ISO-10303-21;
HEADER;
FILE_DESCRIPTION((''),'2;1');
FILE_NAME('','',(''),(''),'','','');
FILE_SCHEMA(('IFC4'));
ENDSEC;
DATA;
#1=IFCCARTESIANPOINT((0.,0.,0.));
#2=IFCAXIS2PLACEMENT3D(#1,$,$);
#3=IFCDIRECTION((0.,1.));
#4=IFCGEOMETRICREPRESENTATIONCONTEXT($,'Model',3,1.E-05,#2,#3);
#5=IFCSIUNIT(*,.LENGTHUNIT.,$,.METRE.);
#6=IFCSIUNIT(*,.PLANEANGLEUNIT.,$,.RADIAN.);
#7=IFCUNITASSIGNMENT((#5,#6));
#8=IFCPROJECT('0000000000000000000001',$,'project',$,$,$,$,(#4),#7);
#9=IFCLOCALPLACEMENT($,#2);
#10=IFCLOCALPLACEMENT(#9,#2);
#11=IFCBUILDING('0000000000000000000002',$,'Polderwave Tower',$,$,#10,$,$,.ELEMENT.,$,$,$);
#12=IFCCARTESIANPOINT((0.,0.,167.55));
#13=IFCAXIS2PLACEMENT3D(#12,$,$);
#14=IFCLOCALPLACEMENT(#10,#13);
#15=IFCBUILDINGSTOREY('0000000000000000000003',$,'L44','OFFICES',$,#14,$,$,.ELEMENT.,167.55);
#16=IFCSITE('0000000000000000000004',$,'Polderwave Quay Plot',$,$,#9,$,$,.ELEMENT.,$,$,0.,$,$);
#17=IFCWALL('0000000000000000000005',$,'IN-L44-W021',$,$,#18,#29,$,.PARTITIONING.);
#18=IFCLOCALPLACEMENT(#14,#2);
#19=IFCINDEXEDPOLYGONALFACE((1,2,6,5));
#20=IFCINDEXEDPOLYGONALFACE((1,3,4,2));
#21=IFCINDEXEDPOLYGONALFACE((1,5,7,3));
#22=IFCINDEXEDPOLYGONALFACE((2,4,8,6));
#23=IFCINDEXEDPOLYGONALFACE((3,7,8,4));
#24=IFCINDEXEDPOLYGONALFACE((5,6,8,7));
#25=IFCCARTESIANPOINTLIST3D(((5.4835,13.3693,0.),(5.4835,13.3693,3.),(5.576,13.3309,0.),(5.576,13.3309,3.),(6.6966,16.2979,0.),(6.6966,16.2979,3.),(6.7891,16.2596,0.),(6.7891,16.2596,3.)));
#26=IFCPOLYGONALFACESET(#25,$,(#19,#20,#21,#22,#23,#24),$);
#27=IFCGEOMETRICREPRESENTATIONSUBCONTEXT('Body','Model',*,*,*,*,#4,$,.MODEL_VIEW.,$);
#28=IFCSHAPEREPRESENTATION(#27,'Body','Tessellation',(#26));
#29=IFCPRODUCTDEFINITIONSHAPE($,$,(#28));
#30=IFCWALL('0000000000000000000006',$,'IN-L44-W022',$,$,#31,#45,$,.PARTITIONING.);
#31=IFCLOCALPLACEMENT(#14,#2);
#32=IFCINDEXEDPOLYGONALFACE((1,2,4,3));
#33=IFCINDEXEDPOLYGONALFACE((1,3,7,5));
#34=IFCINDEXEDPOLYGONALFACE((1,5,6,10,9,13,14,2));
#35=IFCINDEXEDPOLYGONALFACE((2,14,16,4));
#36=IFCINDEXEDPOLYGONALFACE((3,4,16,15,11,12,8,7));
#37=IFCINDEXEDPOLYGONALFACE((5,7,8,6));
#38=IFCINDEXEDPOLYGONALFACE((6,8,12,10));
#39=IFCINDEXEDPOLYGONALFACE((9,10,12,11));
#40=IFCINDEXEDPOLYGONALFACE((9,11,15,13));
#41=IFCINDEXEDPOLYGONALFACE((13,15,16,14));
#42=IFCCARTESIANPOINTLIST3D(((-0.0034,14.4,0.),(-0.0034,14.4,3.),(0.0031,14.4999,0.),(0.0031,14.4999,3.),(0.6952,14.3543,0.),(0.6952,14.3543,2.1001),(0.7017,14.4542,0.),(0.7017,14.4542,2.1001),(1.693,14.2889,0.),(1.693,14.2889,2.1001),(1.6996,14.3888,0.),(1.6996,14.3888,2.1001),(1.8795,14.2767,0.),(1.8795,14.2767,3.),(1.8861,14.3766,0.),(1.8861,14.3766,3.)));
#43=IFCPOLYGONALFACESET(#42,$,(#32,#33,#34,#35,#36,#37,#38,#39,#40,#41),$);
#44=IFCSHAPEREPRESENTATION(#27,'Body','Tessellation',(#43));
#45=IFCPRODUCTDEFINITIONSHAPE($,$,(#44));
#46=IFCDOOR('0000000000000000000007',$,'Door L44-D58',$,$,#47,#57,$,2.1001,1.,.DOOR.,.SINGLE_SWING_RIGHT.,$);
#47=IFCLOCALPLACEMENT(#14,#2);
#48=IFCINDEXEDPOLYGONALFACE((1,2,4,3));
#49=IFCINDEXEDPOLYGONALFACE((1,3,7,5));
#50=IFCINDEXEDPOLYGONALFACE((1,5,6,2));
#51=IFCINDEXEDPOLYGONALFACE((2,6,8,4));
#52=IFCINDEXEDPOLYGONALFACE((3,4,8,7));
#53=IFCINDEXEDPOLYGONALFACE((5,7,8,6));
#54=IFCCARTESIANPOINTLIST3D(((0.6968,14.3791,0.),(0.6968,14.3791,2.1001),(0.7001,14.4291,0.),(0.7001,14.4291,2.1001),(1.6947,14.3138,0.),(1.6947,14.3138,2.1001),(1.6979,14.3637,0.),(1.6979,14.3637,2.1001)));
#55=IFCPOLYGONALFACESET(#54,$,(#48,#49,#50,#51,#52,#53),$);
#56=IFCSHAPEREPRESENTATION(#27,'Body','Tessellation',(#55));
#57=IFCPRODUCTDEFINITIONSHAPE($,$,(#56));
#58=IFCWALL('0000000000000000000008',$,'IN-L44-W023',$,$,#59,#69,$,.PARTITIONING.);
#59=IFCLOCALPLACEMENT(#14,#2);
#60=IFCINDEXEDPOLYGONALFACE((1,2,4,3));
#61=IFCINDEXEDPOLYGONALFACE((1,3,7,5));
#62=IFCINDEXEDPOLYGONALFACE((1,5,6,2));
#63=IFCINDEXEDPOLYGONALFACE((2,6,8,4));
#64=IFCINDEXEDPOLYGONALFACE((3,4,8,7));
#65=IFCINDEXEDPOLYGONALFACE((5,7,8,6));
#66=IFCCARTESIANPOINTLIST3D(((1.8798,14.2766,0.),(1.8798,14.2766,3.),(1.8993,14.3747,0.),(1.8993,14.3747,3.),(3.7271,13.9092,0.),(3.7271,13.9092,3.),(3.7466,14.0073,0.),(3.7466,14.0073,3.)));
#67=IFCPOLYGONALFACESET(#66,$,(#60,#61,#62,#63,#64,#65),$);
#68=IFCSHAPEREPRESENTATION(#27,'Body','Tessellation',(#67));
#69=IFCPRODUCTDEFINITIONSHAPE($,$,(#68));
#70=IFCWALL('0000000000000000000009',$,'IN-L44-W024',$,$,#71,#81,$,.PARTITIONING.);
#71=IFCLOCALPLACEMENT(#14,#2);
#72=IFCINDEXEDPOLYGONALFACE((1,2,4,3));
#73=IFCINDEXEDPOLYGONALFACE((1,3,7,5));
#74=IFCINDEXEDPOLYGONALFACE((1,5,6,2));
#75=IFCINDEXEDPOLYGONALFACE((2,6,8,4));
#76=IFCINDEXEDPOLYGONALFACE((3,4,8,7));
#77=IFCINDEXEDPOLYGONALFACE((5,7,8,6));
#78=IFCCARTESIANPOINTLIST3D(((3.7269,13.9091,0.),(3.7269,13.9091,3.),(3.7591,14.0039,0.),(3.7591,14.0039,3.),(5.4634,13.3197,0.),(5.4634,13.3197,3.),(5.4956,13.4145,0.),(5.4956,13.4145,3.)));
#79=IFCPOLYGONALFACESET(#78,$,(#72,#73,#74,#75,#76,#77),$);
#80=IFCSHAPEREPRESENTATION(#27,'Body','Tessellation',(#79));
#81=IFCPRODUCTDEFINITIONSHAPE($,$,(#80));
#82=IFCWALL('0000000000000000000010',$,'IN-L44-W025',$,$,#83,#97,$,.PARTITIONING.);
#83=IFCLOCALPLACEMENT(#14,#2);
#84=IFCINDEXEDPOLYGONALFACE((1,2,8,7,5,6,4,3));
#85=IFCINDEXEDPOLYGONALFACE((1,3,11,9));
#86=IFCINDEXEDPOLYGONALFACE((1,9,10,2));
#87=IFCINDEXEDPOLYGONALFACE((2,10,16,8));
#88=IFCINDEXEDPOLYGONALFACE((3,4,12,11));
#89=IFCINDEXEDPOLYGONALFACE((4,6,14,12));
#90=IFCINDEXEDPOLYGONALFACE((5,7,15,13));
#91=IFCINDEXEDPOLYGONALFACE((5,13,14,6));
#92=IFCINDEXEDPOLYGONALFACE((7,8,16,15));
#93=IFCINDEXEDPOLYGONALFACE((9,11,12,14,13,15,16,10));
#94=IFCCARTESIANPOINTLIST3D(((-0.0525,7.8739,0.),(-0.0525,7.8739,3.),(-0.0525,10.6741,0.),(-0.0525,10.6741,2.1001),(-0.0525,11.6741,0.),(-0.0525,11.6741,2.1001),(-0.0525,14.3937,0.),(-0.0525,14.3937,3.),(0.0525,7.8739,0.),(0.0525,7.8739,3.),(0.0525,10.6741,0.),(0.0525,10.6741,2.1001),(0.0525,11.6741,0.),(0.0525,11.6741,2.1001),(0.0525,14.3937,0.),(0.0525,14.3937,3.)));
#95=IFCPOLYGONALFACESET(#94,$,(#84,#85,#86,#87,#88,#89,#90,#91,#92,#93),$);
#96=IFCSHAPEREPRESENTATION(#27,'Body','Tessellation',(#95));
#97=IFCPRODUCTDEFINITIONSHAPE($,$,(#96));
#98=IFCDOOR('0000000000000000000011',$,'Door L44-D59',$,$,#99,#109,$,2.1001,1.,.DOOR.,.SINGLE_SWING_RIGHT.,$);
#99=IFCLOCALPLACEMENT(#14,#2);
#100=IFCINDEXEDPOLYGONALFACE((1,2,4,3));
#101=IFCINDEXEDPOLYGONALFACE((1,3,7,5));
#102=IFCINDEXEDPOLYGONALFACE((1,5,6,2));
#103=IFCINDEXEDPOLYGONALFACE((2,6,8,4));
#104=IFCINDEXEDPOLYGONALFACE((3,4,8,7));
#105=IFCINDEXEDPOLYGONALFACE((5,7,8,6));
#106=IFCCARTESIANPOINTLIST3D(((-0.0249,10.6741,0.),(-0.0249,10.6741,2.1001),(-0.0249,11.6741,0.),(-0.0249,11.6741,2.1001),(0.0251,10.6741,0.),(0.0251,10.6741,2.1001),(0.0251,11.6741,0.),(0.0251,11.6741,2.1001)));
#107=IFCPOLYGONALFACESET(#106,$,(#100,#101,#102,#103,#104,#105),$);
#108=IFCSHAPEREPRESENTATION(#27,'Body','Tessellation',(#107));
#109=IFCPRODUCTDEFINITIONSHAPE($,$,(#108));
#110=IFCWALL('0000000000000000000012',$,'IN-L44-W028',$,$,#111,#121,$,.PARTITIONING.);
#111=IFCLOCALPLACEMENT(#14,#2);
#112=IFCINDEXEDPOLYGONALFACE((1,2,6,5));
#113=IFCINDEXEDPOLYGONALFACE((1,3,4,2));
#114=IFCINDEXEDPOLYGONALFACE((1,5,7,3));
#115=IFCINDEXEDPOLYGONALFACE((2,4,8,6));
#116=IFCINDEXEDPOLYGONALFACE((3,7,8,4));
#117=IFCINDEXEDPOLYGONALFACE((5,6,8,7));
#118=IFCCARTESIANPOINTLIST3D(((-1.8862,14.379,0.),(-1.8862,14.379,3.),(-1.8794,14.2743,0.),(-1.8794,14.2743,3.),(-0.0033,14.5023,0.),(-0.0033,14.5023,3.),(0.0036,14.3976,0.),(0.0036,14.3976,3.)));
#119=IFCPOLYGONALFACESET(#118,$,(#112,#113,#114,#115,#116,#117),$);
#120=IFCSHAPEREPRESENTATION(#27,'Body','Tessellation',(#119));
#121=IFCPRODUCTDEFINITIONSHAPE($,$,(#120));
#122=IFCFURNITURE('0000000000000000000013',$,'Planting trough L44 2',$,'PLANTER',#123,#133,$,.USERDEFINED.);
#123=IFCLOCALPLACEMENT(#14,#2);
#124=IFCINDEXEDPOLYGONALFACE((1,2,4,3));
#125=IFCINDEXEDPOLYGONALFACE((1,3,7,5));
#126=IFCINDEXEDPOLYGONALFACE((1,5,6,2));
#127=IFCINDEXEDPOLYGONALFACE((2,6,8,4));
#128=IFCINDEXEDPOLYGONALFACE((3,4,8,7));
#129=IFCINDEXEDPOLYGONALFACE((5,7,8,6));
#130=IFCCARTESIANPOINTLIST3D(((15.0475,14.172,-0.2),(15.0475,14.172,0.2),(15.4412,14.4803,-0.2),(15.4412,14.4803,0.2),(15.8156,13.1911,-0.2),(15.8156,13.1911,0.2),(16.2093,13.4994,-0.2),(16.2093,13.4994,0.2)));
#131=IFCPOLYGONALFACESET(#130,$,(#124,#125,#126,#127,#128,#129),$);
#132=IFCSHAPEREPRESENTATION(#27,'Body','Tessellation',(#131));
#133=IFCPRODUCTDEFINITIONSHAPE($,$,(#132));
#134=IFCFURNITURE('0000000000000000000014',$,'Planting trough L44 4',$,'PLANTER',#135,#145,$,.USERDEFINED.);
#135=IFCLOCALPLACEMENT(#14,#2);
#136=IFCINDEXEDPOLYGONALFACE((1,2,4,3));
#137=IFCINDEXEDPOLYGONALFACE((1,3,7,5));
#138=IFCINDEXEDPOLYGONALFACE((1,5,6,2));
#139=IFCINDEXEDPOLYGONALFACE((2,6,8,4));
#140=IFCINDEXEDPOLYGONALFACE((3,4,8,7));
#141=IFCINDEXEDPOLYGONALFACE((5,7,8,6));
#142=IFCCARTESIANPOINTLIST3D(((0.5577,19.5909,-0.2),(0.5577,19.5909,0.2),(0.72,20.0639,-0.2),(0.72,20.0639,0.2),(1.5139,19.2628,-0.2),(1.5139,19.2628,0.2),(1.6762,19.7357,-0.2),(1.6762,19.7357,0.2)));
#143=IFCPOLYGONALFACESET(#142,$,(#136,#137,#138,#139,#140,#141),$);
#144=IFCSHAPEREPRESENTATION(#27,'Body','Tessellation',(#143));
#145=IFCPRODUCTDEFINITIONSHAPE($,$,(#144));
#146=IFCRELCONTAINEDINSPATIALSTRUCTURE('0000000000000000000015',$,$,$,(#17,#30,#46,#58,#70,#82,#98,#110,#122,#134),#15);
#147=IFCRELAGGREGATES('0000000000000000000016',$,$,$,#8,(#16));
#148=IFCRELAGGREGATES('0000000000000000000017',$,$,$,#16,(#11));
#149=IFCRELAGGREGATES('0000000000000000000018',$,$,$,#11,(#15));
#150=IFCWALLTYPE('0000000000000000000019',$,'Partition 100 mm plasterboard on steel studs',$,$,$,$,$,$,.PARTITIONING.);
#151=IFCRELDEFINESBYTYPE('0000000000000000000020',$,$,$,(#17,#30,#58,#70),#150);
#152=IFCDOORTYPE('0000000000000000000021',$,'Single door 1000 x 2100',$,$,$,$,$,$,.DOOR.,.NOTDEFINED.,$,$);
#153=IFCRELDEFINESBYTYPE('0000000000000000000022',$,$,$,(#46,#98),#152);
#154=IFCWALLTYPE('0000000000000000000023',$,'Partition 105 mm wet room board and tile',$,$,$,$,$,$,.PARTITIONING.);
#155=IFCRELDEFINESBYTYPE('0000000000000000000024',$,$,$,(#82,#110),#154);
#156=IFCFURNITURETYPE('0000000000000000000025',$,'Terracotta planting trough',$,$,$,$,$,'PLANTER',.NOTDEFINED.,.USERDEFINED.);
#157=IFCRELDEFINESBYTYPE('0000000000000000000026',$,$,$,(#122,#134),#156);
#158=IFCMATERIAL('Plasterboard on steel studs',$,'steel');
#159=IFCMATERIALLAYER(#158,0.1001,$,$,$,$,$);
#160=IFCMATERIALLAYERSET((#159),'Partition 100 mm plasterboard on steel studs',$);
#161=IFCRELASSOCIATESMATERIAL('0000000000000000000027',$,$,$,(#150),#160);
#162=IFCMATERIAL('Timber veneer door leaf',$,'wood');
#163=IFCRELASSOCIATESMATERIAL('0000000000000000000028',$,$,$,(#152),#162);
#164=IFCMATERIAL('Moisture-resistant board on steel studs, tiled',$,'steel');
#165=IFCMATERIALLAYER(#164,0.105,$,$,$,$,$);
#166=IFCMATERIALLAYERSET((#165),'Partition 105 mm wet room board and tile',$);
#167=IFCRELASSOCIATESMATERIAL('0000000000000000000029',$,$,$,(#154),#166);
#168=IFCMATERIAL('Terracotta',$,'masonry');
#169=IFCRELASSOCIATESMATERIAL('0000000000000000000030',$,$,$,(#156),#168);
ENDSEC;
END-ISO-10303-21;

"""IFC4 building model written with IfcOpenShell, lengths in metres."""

from ifc_helpers import new_model, si_unit, direction, frame, frame_2d, origin, origin_2d, place, context, subcontext, project, spatial, rectangle, extrude, material, layer, layer_set, type_object, element, fill, save


model = new_model("IFC4")

# Units and contexts
model_context = context("Model", 3, precision=1e-05, world=origin(), true_north=direction((0.0, 1.0)))
body_context = subcontext(model_context, "Body", "Model", "MODEL_VIEW")
ifc_project = project(units=[si_unit("LENGTHUNIT", "METRE"), si_unit("PLANEANGLEUNIT", "RADIAN")], contexts=[model_context])

# Site, building, storey
site_placement = place(None, origin())
site = spatial("IfcSite", under=ifc_project, at=site_placement, Name="Polderwave Quay Plot", CompositionType="ELEMENT", RefElevation=0.0)
building_placement = place(site_placement, origin())
building = spatial("IfcBuilding", under=site, at=building_placement, Name="Polderwave Tower", CompositionType="ELEMENT")
storey_placement = place(building_placement, frame((0.0, 0.0, 167.55)))
storey = spatial("IfcBuildingStorey", under=building, at=storey_placement, Name="L44", Description="OFFICES", CompositionType="ELEMENT", Elevation=167.55)

# Shared definitions
ifc_material_1 = material(Name="Plasterboard on steel studs", Category="steel")
ifc_layer_1 = layer(ifc_material_1, 0.1001)
ifc_layer_set_1 = layer_set([ifc_layer_1], Name="Partition 100 mm plasterboard on steel studs")
wall_type_1 = type_object("IfcWallType", Name="Partition 100 mm plasterboard on steel studs", PredefinedType="PARTITIONING", material=ifc_layer_set_1)
ifc_material_2 = material(Name="Timber veneer door leaf", Category="wood")
door_type = type_object("IfcDoorType", Name="Single door 1000 x 2100", OperationType="NOTDEFINED", PredefinedType="DOOR", material=ifc_material_2)

# Wall
wall_1_placement = place(storey_placement, frame((5.5298, 13.3501, 0.0), z_axis=(0.0, 0.0, 1.0), x_axis=(0.38269, 0.923877, 0.0)))
element("IfcWall", 1, at=wall_1_placement, inside=storey, type_object=wall_type_1, Name="IN-L44-W021", PredefinedType="PARTITIONING", context=body_context, shape_type="SweptSolid", body=[
    extrude(rectangle(XDim=3.1699, YDim=0.1001, at=frame_2d((1.585, 0.0))), origin(), (0.0, 0.0, 1.0), 3.0),
])

# Wall, opening, door
wall_2_placement = place(storey_placement, frame((0.0, 14.45, 0.0), z_axis=(0.0, 0.0, 1.0), x_axis=(0.997863, -0.065342, 0.0)))
wall_2 = element("IfcWall", 2, at=wall_2_placement, inside=storey, type_object=wall_type_1, Name="IN-L44-W022", PredefinedType="PARTITIONING", context=body_context, shape_type="SweptSolid", body=[
    extrude(rectangle(XDim=1.887, YDim=0.1001, at=frame_2d((0.9434, 0.0))), origin(), (0.0, 0.0, 1.0), 3.0),
])
opening_1_placement = place(wall_2_placement, frame((0.7, 0.0, 0.0)))
opening_1 = element("IfcOpeningElement", 3, at=opening_1_placement, cuts=wall_2, PredefinedType="OPENING", context=body_context, shape_type="SweptSolid", body=[
    extrude(rectangle(XDim=1.0, YDim=2.1001, at=frame_2d((0.5, 1.05))), frame((0.0, 0.0601, 0.0), z_axis=(0.0, -1.0, 0.0), x_axis=(1.0, 0.0, 0.0)), (0.0, 0.0, 1.0), 0.1201),
])
door_1_placement = place(opening_1_placement, origin())
door_1 = element("IfcDoor", 4, at=door_1_placement, inside=storey, type_object=door_type, Name="Door L44-D58", OperationType="SINGLE_SWING_RIGHT", OverallHeight=2.1001, OverallWidth=1.0, PredefinedType="DOOR", context=body_context, shape_type="SweptSolid", body=[
    extrude(rectangle(XDim=1.0, YDim=2.1001, at=frame_2d((0.5, 1.05))), frame((0.0, 0.0249, 0.0), z_axis=(0.0, -1.0, 0.0), x_axis=(1.0, 0.0, 0.0)), (0.0, 0.0, 1.0), 0.05),
])
fill(opening_1, door_1)

# Walls
wall_3_placement = place(storey_placement, frame((1.8894, 14.3257, 0.0), z_axis=(0.0, 0.0, 1.0), x_axis=(0.980789, -0.195069, 0.0)))
element("IfcWall", 5, at=wall_3_placement, inside=storey, type_object=wall_type_1, Name="IN-L44-W023", PredefinedType="PARTITIONING", context=body_context, shape_type="SweptSolid", body=[
    extrude(rectangle(XDim=1.8835, YDim=0.1001, at=frame_2d((0.9419, 0.0))), origin(), (0.0, 0.0, 1.0), 3.0),
])
wall_4_placement = place(storey_placement, frame((3.7429, 13.9565, 0.0), z_axis=(0.0, 0.0, 1.0), x_axis=(0.946938, -0.321416, 0.0)))
element("IfcWall", 6, at=wall_4_placement, inside=storey, type_object=wall_type_1, Name="IN-L44-W024", PredefinedType="PARTITIONING", context=body_context, shape_type="SweptSolid", body=[
    extrude(rectangle(XDim=1.8337, YDim=0.1001, at=frame_2d((0.917, 0.0))), origin(), (0.0, 0.0, 1.0), 3.0),
])

# Wall, opening, door
ifc_material_3 = material(Name="Moisture-resistant board on steel studs, tiled", Category="steel")
ifc_layer_2 = layer(ifc_material_3, 0.105)
ifc_layer_set_2 = layer_set([ifc_layer_2], Name="Partition 105 mm wet room board and tile")
wall_type_2 = type_object("IfcWallType", Name="Partition 105 mm wet room board and tile", PredefinedType="PARTITIONING", material=ifc_layer_set_2)
wall_5_placement = place(storey_placement, frame((0.0, 7.874, 0.0), z_axis=(0.0, 0.0, 1.0), x_axis=(0.0, 1.0, 0.0)))
wall_5 = element("IfcWall", 7, at=wall_5_placement, inside=storey, type_object=wall_type_2, Name="IN-L44-W025", PredefinedType="PARTITIONING", context=body_context, shape_type="SweptSolid", body=[
    extrude(rectangle(XDim=6.5198, YDim=0.105, at=frame_2d((3.2598, 0.0))), origin(), (0.0, 0.0, 1.0), 3.0),
])
opening_2_placement = place(wall_5_placement, frame((2.8, 0.0, 0.0)))
opening_2 = element("IfcOpeningElement", 8, at=opening_2_placement, cuts=wall_5, PredefinedType="OPENING", context=body_context, shape_type="SweptSolid", body=[
    extrude(rectangle(XDim=1.0, YDim=2.1001, at=frame_2d((0.5, 1.05))), frame((0.0, 0.0625, 0.0), z_axis=(0.0, -1.0, 0.0), x_axis=(1.0, 0.0, 0.0)), (0.0, 0.0, 1.0), 0.125),
])
door_2_placement = place(opening_2_placement, origin())
door_2 = element("IfcDoor", 9, at=door_2_placement, inside=storey, type_object=door_type, Name="Door L44-D59", OperationType="SINGLE_SWING_RIGHT", OverallHeight=2.1001, OverallWidth=1.0, PredefinedType="DOOR", context=body_context, shape_type="SweptSolid", body=[
    extrude(rectangle(XDim=1.0, YDim=2.1001, at=frame_2d((0.5, 1.05))), frame((0.0, 0.0249, 0.0), z_axis=(0.0, -1.0, 0.0), x_axis=(1.0, 0.0, 0.0)), (0.0, 0.0, 1.0), 0.05),
])
fill(opening_2, door_2)

# Wall
wall_6_placement = place(storey_placement, frame((0.0, 14.45, 0.0), z_axis=(0.0, 0.0, 1.0), x_axis=(-0.997863, -0.065342, 0.0)))
element("IfcWall", 10, at=wall_6_placement, inside=storey, type_object=wall_type_2, Name="IN-L44-W028", PredefinedType="PARTITIONING", context=body_context, shape_type="SweptSolid", body=[
    extrude(rectangle(XDim=1.887, YDim=0.105, at=frame_2d((0.9434, 0.0))), origin(), (0.0, 0.0, 1.0), 3.0),
])

# Furniture
ifc_material_4 = material(Name="Terracotta", Category="masonry")
furniture_type = type_object("IfcFurnitureType", Name="Terracotta planting trough", ElementType="PLANTER", AssemblyPlace="NOTDEFINED", PredefinedType="USERDEFINED", material=ifc_material_4)
furniture_1_placement = place(storey_placement, frame((15.6284, 13.8357, -0.2), z_axis=(0.0, 0.0, 1.0), x_axis=(-0.616506, 0.787351, 0.0)))
element("IfcFurniture", 11, at=furniture_1_placement, inside=storey, type_object=furniture_type, Name="Planting trough L44 2", ObjectType="PLANTER", PredefinedType="USERDEFINED", context=body_context, shape_type="SweptSolid", body=[
    extrude(rectangle(XDim=1.2458, YDim=0.5, at=origin_2d()), origin(), (0.0, 0.0, 1.0), 0.3999),
])
furniture_2_placement = place(storey_placement, frame((1.1169, 19.6633, -0.2), z_axis=(0.0, 0.0, 1.0), x_axis=(-0.945866, 0.324558, 0.0)))
element("IfcFurniture", 12, at=furniture_2_placement, inside=storey, type_object=furniture_type, Name="Planting trough L44 4", ObjectType="PLANTER", PredefinedType="USERDEFINED", context=body_context, shape_type="SweptSolid", body=[
    extrude(rectangle(XDim=1.011, YDim=0.5, at=origin_2d()), origin(), (0.0, 0.0, 1.0), 0.3999),
])

save(model, "model.ifc")
